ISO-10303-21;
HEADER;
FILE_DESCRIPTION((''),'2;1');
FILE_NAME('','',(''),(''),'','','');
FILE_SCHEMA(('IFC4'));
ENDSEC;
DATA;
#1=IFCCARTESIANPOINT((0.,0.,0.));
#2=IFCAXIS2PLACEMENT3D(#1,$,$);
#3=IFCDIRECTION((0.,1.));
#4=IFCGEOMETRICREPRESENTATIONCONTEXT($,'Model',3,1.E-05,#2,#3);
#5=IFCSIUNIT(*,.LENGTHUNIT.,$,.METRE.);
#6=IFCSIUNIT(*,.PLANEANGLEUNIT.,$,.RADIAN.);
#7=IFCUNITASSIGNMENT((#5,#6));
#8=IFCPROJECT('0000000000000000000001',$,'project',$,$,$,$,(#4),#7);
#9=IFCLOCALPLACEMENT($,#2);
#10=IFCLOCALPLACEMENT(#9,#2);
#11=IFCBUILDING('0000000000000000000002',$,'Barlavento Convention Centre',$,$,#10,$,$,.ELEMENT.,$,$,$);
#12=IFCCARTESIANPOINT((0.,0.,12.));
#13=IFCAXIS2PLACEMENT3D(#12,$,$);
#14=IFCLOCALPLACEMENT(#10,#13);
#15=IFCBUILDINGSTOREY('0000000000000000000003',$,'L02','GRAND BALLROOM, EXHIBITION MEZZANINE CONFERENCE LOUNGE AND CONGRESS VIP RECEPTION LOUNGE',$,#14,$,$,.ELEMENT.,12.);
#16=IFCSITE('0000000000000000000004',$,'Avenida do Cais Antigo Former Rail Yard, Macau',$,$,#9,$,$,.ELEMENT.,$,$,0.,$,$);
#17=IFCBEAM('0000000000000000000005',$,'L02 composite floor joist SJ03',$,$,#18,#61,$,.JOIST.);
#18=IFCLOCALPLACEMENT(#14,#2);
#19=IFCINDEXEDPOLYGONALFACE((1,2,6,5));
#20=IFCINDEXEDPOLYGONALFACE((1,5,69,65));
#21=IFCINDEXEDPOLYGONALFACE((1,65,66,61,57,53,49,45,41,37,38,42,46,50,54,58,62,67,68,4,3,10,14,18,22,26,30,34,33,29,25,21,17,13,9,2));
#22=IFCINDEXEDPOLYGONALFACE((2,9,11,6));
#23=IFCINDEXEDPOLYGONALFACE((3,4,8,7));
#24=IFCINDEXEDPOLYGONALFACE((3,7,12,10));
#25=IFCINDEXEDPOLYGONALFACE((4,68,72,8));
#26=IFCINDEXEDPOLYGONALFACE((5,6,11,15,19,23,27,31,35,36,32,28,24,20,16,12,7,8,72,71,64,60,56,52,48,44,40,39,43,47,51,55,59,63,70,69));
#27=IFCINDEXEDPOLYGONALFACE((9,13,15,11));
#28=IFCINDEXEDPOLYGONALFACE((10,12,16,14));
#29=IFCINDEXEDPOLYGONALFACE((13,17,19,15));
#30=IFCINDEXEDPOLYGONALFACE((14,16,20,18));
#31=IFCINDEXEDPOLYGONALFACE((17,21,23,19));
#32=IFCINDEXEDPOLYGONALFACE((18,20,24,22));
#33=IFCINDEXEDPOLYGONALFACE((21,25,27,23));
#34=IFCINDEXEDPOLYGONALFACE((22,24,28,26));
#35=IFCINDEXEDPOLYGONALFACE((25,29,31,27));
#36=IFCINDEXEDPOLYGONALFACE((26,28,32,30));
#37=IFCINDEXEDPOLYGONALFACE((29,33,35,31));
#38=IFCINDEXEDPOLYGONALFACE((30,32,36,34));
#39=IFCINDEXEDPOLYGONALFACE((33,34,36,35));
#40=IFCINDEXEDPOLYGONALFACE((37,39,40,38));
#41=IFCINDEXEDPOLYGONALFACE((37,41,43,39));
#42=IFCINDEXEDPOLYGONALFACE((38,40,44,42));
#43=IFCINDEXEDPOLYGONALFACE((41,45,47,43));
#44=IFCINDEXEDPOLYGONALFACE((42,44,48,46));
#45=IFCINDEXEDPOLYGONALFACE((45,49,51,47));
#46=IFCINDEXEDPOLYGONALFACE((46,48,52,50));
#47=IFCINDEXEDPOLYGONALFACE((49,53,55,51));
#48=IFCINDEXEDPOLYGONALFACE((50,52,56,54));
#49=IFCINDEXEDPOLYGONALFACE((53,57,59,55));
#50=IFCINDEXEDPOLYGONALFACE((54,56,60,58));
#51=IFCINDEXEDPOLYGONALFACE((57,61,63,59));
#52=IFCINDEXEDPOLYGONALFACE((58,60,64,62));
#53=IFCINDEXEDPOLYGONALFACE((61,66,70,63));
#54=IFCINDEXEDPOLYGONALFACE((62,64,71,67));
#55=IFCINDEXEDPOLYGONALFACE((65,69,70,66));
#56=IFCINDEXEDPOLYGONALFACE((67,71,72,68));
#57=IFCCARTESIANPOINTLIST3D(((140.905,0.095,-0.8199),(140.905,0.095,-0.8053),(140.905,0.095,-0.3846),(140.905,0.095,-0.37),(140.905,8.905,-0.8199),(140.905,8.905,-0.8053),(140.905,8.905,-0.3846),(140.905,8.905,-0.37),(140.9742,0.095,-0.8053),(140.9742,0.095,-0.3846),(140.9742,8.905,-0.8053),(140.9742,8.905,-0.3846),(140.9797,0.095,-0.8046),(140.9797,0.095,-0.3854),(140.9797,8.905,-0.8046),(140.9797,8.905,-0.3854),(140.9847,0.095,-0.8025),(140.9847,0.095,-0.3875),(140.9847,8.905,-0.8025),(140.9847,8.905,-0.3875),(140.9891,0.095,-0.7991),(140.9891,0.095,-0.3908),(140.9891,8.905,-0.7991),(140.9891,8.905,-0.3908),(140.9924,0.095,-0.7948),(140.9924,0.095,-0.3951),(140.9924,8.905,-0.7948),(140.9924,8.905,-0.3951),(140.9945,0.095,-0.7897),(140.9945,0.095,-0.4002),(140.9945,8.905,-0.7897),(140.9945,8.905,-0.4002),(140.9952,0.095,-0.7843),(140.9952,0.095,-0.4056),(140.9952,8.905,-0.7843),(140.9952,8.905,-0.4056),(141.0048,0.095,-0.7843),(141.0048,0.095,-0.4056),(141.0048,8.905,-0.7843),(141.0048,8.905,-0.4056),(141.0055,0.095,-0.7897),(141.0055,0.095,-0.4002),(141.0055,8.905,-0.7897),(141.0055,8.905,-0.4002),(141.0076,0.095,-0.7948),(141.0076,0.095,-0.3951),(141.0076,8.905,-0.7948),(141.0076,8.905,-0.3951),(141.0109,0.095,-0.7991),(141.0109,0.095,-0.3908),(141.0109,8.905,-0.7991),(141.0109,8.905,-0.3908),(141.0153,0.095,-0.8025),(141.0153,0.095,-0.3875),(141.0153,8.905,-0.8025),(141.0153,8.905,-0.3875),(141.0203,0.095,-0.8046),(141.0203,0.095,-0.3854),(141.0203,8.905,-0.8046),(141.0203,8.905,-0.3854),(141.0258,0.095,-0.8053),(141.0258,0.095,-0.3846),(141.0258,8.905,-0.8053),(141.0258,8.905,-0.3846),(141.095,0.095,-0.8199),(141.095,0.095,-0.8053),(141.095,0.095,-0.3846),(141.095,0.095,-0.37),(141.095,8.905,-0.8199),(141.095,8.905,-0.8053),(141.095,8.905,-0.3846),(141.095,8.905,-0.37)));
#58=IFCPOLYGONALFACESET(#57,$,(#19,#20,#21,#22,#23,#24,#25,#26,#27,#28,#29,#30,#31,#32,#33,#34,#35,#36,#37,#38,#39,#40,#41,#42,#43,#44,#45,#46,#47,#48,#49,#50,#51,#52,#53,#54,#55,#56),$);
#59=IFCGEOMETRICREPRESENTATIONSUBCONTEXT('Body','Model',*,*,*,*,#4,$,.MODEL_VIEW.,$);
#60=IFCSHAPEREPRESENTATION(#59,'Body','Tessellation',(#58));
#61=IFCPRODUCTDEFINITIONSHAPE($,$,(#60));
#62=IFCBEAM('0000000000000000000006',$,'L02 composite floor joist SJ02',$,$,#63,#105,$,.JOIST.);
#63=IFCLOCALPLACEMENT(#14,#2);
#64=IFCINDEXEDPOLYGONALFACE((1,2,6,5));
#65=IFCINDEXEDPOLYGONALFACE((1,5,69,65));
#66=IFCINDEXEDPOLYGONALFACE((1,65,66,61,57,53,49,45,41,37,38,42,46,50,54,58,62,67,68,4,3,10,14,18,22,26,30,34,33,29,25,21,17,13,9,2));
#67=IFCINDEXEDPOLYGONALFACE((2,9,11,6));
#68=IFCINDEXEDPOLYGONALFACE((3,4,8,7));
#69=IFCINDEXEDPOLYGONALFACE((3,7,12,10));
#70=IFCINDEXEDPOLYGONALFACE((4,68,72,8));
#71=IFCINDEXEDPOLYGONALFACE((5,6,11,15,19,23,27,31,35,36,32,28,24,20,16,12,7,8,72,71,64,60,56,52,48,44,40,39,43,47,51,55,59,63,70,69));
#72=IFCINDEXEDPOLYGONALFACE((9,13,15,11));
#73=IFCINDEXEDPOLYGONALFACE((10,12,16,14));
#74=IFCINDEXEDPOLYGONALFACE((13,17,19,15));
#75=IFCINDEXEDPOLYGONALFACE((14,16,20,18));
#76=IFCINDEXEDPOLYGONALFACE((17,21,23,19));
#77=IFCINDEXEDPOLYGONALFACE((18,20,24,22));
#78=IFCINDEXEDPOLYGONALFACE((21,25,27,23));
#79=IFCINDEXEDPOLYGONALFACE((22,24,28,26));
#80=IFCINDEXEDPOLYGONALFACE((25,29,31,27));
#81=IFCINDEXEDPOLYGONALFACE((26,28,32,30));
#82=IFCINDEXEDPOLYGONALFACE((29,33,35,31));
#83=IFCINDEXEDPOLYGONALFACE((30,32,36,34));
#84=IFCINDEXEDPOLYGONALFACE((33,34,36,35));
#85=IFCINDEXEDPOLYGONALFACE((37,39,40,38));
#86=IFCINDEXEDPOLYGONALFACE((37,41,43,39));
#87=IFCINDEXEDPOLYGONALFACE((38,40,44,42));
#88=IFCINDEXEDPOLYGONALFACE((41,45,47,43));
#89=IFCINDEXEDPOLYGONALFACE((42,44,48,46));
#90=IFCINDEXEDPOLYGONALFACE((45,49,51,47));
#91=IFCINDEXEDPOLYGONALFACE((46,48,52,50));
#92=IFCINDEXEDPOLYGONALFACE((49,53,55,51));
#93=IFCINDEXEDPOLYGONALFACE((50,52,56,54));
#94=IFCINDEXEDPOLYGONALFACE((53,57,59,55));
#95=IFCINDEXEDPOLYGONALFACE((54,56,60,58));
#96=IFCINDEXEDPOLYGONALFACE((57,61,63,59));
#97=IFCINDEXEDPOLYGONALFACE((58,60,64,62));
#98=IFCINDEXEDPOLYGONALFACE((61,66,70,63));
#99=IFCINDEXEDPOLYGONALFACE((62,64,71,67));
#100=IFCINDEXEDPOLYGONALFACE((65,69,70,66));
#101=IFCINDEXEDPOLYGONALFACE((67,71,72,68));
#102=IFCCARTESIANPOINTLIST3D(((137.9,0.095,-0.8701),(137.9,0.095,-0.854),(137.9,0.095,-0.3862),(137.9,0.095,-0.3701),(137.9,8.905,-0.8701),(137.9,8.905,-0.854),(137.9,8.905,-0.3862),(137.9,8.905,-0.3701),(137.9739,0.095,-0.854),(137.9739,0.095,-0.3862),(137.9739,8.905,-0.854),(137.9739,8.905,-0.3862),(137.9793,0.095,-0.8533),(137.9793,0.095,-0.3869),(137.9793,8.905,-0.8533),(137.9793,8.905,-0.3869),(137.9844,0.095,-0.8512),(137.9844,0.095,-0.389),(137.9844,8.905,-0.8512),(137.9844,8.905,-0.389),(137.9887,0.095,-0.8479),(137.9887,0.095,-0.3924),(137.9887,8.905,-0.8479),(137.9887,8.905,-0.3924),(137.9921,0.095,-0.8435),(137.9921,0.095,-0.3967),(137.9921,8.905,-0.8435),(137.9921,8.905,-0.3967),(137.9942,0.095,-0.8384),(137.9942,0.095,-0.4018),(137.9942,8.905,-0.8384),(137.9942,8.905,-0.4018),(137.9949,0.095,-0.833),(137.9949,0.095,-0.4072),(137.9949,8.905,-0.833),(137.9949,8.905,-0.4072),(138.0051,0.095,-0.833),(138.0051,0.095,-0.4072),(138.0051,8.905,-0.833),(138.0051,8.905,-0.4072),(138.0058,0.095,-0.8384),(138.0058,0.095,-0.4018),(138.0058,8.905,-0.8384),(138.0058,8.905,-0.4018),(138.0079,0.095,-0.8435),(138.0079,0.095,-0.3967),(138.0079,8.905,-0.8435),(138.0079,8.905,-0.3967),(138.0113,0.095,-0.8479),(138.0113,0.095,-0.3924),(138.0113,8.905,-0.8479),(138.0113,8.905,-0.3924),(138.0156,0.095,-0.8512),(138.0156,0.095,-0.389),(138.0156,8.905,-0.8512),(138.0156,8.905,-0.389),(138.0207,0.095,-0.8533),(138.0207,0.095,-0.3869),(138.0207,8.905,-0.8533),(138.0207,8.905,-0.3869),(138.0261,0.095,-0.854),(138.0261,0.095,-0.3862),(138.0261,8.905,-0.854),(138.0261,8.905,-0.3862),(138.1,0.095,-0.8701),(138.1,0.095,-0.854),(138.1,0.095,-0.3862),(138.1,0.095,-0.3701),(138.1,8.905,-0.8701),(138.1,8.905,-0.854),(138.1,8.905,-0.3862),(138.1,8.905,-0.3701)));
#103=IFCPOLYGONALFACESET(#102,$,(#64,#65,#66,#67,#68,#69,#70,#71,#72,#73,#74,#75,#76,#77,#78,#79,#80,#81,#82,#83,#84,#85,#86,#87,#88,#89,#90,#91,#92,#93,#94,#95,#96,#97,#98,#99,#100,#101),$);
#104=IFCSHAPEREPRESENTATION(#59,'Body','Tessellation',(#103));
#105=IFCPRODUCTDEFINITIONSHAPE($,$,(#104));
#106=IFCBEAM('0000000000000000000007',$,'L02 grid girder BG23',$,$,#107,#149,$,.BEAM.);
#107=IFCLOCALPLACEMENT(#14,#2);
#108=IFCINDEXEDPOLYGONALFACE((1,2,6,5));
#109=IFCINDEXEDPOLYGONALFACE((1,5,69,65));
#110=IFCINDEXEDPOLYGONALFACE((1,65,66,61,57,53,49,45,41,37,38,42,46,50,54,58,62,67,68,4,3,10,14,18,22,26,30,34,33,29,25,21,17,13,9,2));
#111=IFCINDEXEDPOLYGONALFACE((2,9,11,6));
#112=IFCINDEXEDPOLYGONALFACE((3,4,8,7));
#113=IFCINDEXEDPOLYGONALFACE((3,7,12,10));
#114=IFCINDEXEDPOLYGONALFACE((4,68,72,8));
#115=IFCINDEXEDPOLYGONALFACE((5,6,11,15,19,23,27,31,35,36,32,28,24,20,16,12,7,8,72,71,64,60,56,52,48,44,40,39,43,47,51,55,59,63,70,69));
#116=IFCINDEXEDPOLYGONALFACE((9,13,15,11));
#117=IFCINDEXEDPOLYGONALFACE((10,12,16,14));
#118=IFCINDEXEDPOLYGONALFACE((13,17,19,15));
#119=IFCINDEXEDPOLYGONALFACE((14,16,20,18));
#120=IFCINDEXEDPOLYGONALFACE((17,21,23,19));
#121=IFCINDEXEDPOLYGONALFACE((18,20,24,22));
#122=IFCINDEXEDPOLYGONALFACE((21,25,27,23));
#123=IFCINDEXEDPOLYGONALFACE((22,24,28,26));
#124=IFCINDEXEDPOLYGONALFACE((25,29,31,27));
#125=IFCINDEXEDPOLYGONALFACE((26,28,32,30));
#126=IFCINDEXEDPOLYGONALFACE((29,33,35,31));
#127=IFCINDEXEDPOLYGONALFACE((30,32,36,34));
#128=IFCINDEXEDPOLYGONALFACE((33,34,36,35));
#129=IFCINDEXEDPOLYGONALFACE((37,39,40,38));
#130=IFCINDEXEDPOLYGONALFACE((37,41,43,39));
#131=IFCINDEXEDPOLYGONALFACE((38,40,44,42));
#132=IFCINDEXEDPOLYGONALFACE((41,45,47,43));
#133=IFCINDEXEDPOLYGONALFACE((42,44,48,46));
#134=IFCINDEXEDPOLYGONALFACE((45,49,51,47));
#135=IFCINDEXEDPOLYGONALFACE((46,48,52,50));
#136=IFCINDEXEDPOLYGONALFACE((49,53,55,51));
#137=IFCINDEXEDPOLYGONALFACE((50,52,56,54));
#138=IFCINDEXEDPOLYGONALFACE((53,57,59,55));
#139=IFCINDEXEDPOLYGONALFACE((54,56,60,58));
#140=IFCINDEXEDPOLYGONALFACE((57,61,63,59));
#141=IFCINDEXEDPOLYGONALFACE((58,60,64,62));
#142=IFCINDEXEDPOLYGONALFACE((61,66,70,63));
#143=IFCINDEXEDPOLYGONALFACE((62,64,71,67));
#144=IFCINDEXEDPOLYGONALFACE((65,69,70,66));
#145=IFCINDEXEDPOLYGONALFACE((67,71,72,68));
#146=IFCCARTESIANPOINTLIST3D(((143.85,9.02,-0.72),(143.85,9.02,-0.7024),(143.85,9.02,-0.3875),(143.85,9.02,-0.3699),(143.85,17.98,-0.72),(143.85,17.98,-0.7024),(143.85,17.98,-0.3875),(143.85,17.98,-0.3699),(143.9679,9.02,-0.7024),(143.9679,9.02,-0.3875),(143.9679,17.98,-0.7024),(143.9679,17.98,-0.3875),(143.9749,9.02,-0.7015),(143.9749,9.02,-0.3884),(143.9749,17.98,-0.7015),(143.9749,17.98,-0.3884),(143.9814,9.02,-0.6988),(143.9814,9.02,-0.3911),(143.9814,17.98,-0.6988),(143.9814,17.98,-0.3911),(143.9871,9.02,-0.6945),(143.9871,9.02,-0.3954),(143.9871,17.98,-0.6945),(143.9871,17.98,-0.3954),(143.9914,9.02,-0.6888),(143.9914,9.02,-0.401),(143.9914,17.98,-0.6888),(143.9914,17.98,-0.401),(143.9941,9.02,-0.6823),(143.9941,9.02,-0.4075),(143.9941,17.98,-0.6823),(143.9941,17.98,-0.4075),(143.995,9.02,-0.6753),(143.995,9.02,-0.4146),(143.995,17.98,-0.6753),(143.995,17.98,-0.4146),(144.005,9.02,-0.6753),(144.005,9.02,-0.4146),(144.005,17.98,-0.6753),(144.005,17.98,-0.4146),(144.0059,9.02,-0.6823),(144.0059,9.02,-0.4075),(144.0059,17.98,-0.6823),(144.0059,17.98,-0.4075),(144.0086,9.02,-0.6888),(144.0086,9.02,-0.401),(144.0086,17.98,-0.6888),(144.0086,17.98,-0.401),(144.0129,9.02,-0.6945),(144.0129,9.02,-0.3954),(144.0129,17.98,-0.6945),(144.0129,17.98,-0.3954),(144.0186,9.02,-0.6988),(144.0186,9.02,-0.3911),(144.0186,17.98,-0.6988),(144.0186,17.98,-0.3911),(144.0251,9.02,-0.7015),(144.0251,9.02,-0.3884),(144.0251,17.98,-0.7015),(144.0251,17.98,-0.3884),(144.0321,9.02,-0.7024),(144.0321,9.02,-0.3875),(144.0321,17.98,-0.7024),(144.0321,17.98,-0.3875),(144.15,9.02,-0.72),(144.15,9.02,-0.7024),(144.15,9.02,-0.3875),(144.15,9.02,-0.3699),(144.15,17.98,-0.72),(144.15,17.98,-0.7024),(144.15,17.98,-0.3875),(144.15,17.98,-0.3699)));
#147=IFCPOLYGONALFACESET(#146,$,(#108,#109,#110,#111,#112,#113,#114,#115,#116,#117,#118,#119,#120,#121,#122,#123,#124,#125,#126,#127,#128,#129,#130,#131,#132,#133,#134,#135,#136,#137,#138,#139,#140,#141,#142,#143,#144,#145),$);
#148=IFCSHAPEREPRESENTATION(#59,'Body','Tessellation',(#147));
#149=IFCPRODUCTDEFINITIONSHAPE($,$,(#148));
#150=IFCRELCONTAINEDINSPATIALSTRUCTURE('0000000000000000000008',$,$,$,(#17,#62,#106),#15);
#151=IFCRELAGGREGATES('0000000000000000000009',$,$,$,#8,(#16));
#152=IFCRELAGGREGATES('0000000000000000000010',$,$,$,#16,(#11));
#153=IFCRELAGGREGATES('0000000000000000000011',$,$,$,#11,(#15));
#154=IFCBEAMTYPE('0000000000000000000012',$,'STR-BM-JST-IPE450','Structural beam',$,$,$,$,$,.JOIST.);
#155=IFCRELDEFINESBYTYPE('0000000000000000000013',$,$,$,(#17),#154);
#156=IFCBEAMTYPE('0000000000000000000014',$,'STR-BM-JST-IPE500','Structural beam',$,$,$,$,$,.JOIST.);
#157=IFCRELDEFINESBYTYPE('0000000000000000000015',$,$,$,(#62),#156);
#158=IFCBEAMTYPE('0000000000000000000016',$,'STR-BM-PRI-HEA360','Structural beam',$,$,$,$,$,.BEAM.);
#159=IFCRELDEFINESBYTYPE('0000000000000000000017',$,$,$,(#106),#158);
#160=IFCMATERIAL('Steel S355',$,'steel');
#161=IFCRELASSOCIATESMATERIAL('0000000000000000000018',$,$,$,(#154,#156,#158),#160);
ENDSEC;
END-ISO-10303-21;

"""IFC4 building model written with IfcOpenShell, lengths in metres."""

from ifc_helpers import new_model, si_unit, direction, frame, origin, origin_2d, place, context, subcontext, project, spatial, i_section, extrude, material, material_profile, profile_set, type_object, element, save


model = new_model("IFC4")

# Units and contexts
model_context = context("Model", 3, precision=1e-05, world=origin(), true_north=direction((0.0, 1.0)))
body_context = subcontext(model_context, "Body", "Model", "MODEL_VIEW")
ifc_project = project(units=[si_unit("LENGTHUNIT", "METRE"), si_unit("PLANEANGLEUNIT", "RADIAN")], contexts=[model_context])

# Site, building, storey
site_placement = place(None, origin())
site = spatial("IfcSite", under=ifc_project, at=site_placement, Name="Avenida do Cais Antigo Former Rail Yard, Macau", CompositionType="ELEMENT", RefElevation=0.0)
building_placement = place(site_placement, origin())
building = spatial("IfcBuilding", under=site, at=building_placement, Name="Barlavento Convention Centre", CompositionType="ELEMENT")
storey_placement = place(building_placement, frame((0.0, 0.0, 12.0)))
storey = spatial("IfcBuildingStorey", under=building, at=storey_placement, Name="L02", Description="GRAND BALLROOM, EXHIBITION MEZZANINE CONFERENCE LOUNGE AND CONGRESS VIP RECEPTION LOUNGE", CompositionType="ELEMENT", Elevation=12.0)

# Beams
ifc_material_1 = material(Name="Steel S355", Category="steel")
ifc_material_profile_1 = material_profile(ifc_material_1, i_section(OverallWidth=0.1899, OverallDepth=0.45, WebThickness=0.0095, FlangeThickness=0.0146, FilletRadius=0.021, at=origin_2d()), Name="IPE 450")
ifc_profile_set_1 = profile_set([ifc_material_profile_1], Name="Steel S355")
beam_type_1 = type_object("IfcBeamType", Name="STR-BM-JST-IPE450", Description="Structural beam", PredefinedType="JOIST", material=ifc_profile_set_1)
beam_1_placement = place(storey_placement, frame((141.0, 0.095, -0.595), z_axis=(0.0, 1.0, 0.0), x_axis=(-1.0, 0.0, 0.0)))
element("IfcBeam", 1, at=beam_1_placement, inside=storey, type_object=beam_type_1, Name="L02 composite floor joist SJ03", PredefinedType="JOIST", context=body_context, shape_type="SweptSolid", body=[
    extrude(i_section(OverallWidth=0.1899, OverallDepth=0.45, WebThickness=0.0095, FlangeThickness=0.0146, FilletRadius=0.021, at=origin_2d()), origin(), (0.0, 0.0, 1.0), 8.8101),
])
ifc_material_profile_2 = material_profile(ifc_material_1, i_section(OverallWidth=0.2, OverallDepth=0.5, WebThickness=0.0103, FlangeThickness=0.0161, FilletRadius=0.021, at=origin_2d()), Name="IPE 500")
ifc_profile_set_2 = profile_set([ifc_material_profile_2], Name="Steel S355")
beam_type_2 = type_object("IfcBeamType", Name="STR-BM-JST-IPE500", Description="Structural beam", PredefinedType="JOIST", material=ifc_profile_set_2)
beam_2_placement = place(storey_placement, frame((138.0, 0.095, -0.6201), z_axis=(0.0, 1.0, 0.0), x_axis=(-1.0, 0.0, 0.0)))
element("IfcBeam", 2, at=beam_2_placement, inside=storey, type_object=beam_type_2, Name="L02 composite floor joist SJ02", PredefinedType="JOIST", context=body_context, shape_type="SweptSolid", body=[
    extrude(i_section(OverallWidth=0.2, OverallDepth=0.5, WebThickness=0.0103, FlangeThickness=0.0161, FilletRadius=0.021, at=origin_2d()), origin(), (0.0, 0.0, 1.0), 8.8101),
])
ifc_material_profile_3 = material_profile(ifc_material_1, i_section(OverallWidth=0.3, OverallDepth=0.3501, WebThickness=0.01, FlangeThickness=0.0176, FilletRadius=0.0271, at=origin_2d()), Name="HEA 360")
ifc_profile_set_3 = profile_set([ifc_material_profile_3], Name="Steel S355")
beam_type_3 = type_object("IfcBeamType", Name="STR-BM-PRI-HEA360", Description="Structural beam", PredefinedType="BEAM", material=ifc_profile_set_3)
beam_3_placement = place(storey_placement, frame((144.0, 9.02, -0.5449), z_axis=(0.0, 1.0, 0.0), x_axis=(-1.0, 0.0, 0.0)))
element("IfcBeam", 3, at=beam_3_placement, inside=storey, type_object=beam_type_3, Name="L02 grid girder BG23", PredefinedType="BEAM", context=body_context, shape_type="SweptSolid", body=[
    extrude(i_section(OverallWidth=0.3, OverallDepth=0.3501, WebThickness=0.01, FlangeThickness=0.0176, FilletRadius=0.0271, at=origin_2d()), origin(), (0.0, 0.0, 1.0), 8.96),
])

save(model, "model.ifc")
